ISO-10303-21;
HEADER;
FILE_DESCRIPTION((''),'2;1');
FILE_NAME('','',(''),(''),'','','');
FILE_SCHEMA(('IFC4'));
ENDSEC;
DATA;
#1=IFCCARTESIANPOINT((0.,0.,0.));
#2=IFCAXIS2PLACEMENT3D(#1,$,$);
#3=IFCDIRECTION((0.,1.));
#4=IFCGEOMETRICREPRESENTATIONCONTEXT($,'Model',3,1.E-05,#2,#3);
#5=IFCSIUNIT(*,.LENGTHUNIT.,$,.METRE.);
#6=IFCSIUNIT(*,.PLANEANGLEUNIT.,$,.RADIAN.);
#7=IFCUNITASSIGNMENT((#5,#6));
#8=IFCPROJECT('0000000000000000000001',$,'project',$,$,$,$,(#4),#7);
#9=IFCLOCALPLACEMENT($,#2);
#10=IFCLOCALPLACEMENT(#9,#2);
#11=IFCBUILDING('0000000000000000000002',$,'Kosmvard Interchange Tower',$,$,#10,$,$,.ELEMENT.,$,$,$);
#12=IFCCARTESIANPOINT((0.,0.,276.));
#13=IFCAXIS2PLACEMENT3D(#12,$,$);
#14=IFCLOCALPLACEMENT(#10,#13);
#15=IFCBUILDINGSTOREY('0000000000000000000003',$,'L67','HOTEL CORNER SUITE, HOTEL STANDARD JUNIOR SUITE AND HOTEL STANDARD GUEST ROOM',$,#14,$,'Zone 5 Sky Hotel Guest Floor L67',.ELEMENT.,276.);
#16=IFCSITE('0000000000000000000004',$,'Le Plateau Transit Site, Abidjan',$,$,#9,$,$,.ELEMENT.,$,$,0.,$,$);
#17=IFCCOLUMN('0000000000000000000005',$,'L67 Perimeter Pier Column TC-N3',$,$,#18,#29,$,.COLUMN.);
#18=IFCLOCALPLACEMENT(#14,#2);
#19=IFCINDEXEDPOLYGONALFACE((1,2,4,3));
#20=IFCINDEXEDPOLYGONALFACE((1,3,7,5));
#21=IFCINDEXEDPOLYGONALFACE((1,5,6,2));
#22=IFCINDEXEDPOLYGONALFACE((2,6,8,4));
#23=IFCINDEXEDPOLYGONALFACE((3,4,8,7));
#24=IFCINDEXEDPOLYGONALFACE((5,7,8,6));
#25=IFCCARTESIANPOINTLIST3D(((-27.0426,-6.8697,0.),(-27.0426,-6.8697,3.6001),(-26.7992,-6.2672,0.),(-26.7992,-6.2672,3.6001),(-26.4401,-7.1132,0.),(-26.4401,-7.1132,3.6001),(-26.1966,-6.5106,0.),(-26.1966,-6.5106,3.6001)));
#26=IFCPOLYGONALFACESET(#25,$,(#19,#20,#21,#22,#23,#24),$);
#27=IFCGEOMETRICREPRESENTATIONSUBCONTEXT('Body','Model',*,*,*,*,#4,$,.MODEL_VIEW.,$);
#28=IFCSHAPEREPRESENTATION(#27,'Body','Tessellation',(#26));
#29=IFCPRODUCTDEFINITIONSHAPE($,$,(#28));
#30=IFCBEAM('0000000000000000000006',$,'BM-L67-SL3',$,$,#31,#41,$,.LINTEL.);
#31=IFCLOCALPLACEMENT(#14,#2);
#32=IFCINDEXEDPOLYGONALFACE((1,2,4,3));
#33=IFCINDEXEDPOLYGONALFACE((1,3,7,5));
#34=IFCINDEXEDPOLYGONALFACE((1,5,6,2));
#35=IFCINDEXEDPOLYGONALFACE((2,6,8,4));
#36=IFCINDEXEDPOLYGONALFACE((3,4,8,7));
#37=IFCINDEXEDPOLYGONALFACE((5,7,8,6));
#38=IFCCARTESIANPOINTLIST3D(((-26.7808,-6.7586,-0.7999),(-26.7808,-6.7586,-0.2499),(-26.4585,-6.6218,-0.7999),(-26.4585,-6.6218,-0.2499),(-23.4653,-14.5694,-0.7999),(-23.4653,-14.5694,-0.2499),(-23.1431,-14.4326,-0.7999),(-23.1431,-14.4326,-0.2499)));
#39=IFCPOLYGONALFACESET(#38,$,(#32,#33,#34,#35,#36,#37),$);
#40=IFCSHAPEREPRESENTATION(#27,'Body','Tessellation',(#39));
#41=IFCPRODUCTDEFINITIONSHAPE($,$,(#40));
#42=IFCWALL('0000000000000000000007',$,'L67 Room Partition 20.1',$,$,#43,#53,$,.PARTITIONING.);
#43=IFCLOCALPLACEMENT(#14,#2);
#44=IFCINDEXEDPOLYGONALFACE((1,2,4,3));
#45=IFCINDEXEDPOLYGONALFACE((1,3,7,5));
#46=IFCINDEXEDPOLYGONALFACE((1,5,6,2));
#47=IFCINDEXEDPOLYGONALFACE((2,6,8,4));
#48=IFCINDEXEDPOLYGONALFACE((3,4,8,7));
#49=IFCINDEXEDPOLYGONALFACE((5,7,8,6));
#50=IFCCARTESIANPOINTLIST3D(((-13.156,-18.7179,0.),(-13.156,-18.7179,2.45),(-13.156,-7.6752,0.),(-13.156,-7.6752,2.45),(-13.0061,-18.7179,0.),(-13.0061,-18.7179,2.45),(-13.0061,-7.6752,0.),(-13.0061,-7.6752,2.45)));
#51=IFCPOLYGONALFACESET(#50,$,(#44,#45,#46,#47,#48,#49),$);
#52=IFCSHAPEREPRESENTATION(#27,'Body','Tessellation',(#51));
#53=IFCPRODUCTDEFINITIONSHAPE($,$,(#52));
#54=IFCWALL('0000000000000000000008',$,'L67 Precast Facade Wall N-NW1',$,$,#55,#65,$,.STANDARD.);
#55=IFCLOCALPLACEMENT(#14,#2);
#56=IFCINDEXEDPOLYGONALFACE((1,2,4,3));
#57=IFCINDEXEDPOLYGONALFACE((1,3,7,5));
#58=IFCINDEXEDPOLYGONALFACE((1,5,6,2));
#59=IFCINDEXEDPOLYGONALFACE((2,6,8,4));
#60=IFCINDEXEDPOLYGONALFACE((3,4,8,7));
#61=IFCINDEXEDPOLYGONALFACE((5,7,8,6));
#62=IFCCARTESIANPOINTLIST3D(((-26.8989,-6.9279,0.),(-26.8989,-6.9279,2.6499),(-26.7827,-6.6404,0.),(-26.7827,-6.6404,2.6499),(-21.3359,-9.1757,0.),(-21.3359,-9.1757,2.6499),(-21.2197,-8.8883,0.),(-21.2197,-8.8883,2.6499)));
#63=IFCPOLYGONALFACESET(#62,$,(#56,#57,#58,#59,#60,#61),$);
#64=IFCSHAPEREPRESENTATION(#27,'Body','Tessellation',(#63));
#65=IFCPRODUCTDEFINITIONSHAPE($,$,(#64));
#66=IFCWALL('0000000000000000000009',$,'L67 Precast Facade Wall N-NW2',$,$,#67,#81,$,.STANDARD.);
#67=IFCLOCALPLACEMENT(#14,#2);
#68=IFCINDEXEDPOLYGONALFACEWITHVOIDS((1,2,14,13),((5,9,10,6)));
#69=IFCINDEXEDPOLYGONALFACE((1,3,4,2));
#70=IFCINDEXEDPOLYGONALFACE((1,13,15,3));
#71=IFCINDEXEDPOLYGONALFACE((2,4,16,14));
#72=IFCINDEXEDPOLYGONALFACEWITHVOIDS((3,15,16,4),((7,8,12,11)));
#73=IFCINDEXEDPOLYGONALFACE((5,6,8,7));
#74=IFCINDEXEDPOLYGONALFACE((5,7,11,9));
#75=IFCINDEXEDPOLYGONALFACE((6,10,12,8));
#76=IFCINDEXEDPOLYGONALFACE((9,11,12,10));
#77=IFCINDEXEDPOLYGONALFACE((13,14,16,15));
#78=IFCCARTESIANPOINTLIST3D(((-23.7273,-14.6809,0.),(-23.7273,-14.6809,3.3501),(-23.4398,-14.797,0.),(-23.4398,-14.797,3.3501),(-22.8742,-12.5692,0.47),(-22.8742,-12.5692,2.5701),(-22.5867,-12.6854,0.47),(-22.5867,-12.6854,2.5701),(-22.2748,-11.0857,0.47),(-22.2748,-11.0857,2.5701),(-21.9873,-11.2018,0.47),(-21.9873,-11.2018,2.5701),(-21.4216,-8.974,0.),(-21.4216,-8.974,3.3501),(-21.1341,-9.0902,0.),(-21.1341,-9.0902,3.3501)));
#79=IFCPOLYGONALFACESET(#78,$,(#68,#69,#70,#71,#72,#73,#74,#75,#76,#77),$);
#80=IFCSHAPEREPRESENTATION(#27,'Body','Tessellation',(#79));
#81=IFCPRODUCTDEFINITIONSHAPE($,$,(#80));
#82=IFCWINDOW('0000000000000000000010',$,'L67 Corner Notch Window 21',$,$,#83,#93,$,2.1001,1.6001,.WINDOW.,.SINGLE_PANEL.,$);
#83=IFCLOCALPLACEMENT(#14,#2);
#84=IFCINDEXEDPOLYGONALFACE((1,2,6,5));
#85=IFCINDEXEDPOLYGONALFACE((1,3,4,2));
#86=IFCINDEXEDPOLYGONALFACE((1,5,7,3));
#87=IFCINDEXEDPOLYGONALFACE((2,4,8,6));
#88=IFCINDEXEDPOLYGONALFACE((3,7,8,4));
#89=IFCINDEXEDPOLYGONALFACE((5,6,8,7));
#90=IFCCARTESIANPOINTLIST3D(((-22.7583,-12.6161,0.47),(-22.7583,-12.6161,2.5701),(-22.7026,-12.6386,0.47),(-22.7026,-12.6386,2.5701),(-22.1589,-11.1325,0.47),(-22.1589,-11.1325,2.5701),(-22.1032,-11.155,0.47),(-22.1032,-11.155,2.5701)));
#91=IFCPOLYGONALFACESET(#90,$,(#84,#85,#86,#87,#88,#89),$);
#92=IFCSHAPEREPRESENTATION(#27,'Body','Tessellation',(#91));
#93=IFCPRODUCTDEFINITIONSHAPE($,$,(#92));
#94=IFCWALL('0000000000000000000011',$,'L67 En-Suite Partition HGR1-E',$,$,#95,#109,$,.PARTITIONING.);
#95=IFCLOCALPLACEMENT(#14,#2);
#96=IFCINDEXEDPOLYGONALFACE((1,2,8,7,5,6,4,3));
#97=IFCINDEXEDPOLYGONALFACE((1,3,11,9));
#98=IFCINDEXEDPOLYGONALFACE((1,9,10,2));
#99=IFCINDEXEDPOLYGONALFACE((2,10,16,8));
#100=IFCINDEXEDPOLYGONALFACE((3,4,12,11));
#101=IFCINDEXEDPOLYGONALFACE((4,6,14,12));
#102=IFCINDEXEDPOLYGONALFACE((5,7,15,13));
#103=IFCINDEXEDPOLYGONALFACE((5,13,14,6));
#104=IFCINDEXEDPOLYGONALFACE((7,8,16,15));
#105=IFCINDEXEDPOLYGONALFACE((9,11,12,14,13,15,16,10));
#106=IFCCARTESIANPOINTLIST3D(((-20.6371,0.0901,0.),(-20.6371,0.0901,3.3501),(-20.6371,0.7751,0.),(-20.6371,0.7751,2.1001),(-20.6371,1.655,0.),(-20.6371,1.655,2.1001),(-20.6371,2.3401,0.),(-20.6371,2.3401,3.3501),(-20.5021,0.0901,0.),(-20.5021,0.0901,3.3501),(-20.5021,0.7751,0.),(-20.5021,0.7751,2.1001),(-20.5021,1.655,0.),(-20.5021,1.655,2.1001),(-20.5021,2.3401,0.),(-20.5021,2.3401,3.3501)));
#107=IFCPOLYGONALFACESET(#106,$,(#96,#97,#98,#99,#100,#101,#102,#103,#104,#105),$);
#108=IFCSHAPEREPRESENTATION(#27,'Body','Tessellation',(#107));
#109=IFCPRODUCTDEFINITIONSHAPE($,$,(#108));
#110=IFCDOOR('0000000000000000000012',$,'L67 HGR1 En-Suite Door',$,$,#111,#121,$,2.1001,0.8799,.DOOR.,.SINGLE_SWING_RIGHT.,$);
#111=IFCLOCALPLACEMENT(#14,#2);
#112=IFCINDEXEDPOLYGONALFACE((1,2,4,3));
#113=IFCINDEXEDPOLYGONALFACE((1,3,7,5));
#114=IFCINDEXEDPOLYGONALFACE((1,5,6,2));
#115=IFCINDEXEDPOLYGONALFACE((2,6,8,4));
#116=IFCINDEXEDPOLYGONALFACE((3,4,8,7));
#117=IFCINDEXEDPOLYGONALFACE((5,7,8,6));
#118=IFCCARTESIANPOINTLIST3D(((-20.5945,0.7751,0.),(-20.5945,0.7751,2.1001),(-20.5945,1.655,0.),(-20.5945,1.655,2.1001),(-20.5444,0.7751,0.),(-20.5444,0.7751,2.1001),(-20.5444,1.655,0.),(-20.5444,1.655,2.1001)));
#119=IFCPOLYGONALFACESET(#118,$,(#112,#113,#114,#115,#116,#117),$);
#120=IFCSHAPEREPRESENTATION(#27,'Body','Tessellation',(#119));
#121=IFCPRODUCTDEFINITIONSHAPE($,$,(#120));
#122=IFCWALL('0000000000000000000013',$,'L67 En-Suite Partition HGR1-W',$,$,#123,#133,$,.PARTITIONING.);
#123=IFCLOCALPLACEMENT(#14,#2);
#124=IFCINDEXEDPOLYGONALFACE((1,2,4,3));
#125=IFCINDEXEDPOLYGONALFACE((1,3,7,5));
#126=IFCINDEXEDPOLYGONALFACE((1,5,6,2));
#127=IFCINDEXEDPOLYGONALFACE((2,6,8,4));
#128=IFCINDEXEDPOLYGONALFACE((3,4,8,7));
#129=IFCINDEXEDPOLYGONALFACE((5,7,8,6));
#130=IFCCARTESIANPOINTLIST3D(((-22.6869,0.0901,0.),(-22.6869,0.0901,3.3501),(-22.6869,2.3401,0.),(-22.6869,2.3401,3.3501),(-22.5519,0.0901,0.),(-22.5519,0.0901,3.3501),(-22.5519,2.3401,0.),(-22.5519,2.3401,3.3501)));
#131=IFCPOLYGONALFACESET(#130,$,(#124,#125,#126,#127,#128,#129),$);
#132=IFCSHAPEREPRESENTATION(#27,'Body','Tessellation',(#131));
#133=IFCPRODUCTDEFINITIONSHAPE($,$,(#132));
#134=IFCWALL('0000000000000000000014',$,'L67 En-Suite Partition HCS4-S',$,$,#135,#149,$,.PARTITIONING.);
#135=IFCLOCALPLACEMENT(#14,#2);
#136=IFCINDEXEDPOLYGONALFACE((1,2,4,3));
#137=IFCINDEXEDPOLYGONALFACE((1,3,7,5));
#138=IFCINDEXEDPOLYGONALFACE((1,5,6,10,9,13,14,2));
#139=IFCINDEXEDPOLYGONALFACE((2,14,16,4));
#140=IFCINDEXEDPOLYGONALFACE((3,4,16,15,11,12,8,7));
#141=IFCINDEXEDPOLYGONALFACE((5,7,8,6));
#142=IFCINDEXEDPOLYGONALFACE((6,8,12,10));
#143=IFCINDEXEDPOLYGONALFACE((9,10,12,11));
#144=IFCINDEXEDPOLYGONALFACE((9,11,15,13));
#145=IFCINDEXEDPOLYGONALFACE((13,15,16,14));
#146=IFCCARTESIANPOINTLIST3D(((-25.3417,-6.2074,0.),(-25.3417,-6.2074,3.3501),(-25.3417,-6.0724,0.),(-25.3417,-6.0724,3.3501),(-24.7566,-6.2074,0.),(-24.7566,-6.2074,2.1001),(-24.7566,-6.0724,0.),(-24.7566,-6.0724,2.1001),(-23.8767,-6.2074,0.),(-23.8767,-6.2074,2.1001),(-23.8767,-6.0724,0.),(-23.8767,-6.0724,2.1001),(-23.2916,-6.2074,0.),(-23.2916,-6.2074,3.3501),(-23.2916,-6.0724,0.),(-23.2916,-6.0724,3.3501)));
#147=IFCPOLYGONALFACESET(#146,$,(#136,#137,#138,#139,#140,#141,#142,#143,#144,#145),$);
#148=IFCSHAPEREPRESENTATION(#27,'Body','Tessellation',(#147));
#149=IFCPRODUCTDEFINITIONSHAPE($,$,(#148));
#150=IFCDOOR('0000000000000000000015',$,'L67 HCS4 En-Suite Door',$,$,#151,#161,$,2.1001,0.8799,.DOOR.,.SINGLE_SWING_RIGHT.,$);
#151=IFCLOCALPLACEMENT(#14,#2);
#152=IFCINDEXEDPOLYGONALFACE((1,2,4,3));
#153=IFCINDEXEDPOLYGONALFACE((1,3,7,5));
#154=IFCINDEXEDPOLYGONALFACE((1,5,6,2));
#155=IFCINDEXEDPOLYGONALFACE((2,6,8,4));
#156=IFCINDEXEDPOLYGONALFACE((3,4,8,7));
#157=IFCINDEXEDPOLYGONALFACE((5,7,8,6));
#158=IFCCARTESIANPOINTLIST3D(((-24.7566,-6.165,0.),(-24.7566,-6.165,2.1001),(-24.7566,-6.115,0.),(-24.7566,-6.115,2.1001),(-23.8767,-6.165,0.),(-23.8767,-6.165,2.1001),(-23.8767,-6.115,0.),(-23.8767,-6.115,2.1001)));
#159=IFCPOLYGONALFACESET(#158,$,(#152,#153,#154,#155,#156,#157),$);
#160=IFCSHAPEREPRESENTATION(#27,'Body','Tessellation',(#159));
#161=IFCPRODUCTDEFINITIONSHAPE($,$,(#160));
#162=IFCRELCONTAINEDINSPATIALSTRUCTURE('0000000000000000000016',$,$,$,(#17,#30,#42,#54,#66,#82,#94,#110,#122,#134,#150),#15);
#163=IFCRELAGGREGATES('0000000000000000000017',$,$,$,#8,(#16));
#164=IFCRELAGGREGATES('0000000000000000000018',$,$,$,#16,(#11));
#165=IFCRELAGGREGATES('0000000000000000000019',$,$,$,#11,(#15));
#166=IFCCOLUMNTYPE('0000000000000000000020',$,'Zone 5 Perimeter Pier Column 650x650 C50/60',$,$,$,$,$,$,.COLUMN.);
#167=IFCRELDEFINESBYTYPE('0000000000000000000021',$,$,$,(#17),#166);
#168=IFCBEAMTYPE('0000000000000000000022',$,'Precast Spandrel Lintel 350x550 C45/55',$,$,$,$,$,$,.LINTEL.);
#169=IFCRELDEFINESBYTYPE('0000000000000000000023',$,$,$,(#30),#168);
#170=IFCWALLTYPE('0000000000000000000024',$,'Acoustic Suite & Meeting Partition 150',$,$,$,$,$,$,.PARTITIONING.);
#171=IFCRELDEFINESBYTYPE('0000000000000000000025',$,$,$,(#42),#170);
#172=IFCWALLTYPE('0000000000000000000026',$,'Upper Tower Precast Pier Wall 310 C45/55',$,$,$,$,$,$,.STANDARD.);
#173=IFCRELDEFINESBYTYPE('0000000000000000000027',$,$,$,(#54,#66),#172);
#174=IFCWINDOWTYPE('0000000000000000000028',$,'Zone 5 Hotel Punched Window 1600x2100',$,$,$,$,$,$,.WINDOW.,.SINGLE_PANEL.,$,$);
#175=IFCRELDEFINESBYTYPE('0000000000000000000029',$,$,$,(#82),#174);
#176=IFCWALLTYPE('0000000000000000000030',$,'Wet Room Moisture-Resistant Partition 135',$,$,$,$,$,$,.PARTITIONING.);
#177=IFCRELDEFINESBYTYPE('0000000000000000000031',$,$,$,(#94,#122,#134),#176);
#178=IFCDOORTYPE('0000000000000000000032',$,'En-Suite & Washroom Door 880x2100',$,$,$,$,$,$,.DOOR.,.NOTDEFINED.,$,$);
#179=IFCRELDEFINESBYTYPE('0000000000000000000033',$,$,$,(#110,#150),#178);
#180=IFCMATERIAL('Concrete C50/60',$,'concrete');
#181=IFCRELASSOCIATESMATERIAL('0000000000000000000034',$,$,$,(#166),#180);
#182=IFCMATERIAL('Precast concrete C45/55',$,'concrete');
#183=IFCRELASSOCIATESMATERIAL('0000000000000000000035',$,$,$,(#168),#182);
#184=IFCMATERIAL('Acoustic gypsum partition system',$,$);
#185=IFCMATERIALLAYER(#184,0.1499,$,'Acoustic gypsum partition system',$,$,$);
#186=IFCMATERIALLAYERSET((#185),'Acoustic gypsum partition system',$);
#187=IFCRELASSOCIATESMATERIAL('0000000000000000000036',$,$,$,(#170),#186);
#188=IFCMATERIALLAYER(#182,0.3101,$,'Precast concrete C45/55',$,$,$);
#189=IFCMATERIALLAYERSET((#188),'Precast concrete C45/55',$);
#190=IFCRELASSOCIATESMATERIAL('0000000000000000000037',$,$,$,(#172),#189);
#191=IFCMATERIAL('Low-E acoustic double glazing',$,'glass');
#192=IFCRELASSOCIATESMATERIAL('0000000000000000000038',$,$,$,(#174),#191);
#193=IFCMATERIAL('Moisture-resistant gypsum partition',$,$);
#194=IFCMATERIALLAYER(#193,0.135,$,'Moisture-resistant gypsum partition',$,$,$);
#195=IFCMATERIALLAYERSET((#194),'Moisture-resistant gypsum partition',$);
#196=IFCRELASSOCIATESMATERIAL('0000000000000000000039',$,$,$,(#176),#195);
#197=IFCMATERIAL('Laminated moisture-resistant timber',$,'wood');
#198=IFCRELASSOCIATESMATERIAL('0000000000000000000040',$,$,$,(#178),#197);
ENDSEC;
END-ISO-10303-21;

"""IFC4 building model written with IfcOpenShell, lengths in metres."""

from ifc_helpers import new_model, si_unit, direction, frame, frame_2d, origin, origin_2d, place, context, subcontext, project, spatial, rectangle, extrude, source, transform, mapped, material, layer, layer_set, material_profile, profile_set, type_object, element, fill, save


model = new_model("IFC4")

# Units and contexts
model_context = context("Model", 3, precision=1e-05, world=origin(), true_north=direction((0.0, 1.0)))
body_context = subcontext(model_context, "Body", "Model", "MODEL_VIEW")
ifc_project = project(units=[si_unit("LENGTHUNIT", "METRE"), si_unit("PLANEANGLEUNIT", "RADIAN")], contexts=[model_context])

# Site, building, storey
site_placement = place(None, origin())
site = spatial("IfcSite", under=ifc_project, at=site_placement, Name="Le Plateau Transit Site, Abidjan", CompositionType="ELEMENT", RefElevation=0.0)
building_placement = place(site_placement, origin())
building = spatial("IfcBuilding", under=site, at=building_placement, Name="Kosmvard Interchange Tower", CompositionType="ELEMENT")
storey_placement = place(building_placement, frame((0.0, 0.0, 276.0)))
storey = spatial("IfcBuildingStorey", under=building, at=storey_placement, Name="L67", Description="HOTEL CORNER SUITE, HOTEL STANDARD JUNIOR SUITE AND HOTEL STANDARD GUEST ROOM", LongName="Zone 5 Sky Hotel Guest Floor L67", CompositionType="ELEMENT", Elevation=276.0)

# Column
ifc_material_1 = material(Name="Concrete C50/60", Category="concrete")
ifc_material_profile_1 = material_profile(ifc_material_1, rectangle(XDim=0.6499, YDim=0.6499, at=origin_2d()), Name="TC 650x650")
ifc_profile_set_1 = profile_set([ifc_material_profile_1], Name="Concrete C50/60")
column_type = type_object("IfcColumnType", Name="Zone 5 Perimeter Pier Column 650x650 C50/60", PredefinedType="COLUMN", material=ifc_profile_set_1)
shared_shape_1 = source(origin(), body_context, "Body", "SweptSolid", [
    extrude(rectangle(XDim=0.6499, YDim=0.6499, at=origin_2d()), origin(), (0.0, 0.0, 1.0), 3.6001),
])
column_placement = place(storey_placement, frame((-26.6196, -6.6902, 0.0), z_axis=(0.0, 0.0, 1.0), x_axis=(0.374607, 0.927184, 0.0)))
element("IfcColumn", 1, at=column_placement, inside=storey, type_object=column_type, Name="L67 Perimeter Pier Column TC-N3", PredefinedType="COLUMN", context=body_context, shape_type="MappedRepresentation", body=[
    mapped(shared_shape_1, transform((0.0, 0.0, 0.0), scale=1.0)),
])

# Beam
ifc_material_2 = material(Name="Precast concrete C45/55", Category="concrete")
ifc_material_profile_2 = material_profile(ifc_material_2, rectangle(XDim=0.3501, YDim=0.55, at=origin_2d()), Name="SL 350x550")
ifc_profile_set_2 = profile_set([ifc_material_profile_2], Name="Precast concrete C45/55")
beam_type = type_object("IfcBeamType", Name="Precast Spandrel Lintel 350x550 C45/55", PredefinedType="LINTEL", material=ifc_profile_set_2)
shared_shape_2 = source(origin(), body_context, "Body", "SweptSolid", [
    extrude(rectangle(XDim=0.3501, YDim=0.55, at=origin_2d()), origin(), (0.0, 0.0, 1.0), 8.4854),
])
beam_placement = place(storey_placement, frame((-26.6196, -6.6902, -0.5249), z_axis=(0.390726, -0.920507, 0.0), x_axis=(0.920507, 0.390726, 0.0)))
element("IfcBeam", 2, at=beam_placement, inside=storey, type_object=beam_type, Name="BM-L67-SL3", PredefinedType="LINTEL", context=body_context, shape_type="MappedRepresentation", body=[
    mapped(shared_shape_2, transform((0.0, 0.0, 0.0), scale=1.0)),
])

# Walls
ifc_material_3 = material(Name="Acoustic gypsum partition system")
ifc_layer_1 = layer(ifc_material_3, 0.1499, Name="Acoustic gypsum partition system")
ifc_layer_set_1 = layer_set([ifc_layer_1], Name="Acoustic gypsum partition system")
wall_type_1 = type_object("IfcWallType", Name="Acoustic Suite & Meeting Partition 150", PredefinedType="PARTITIONING", material=ifc_layer_set_1)
wall_1_placement = place(storey_placement, frame((-13.0811, -7.675, 0.0), z_axis=(0.0, 0.0, 1.0), x_axis=(0.0, -1.0, 0.0)))
element("IfcWall", 3, at=wall_1_placement, inside=storey, type_object=wall_type_1, Name="L67 Room Partition 20.1", PredefinedType="PARTITIONING", context=body_context, shape_type="SweptSolid", body=[
    extrude(rectangle(XDim=11.0427, YDim=0.1499, at=frame_2d((5.5215, 0.0))), origin(), (0.0, 0.0, 1.0), 2.45),
])
ifc_layer_2 = layer(ifc_material_2, 0.3101, Name="Precast concrete C45/55")
ifc_layer_set_2 = layer_set([ifc_layer_2], Name="Precast concrete C45/55")
wall_type_2 = type_object("IfcWallType", Name="Upper Tower Precast Pier Wall 310 C45/55", PredefinedType="STANDARD", material=ifc_layer_set_2)
wall_2_placement = place(storey_placement, frame((-26.8408, -6.7842, 0.0), z_axis=(0.0, 0.0, 1.0), x_axis=(0.927172, -0.374637, 0.0)))
element("IfcWall", 4, at=wall_2_placement, inside=storey, type_object=wall_type_2, Name="L67 Precast Facade Wall N-NW1", PredefinedType="STANDARD", context=body_context, shape_type="SweptSolid", body=[
    extrude(rectangle(XDim=6.0, YDim=0.3101, at=frame_2d((3.0, 0.0))), origin(), (0.0, 0.0, 1.0), 2.6499),
])

# Wall, opening, window
wall_3_placement = place(storey_placement, frame((-21.2778, -9.032, 0.0), z_axis=(0.0, 0.0, 1.0), x_axis=(-0.374603, -0.927185, 0.0)))
wall_3 = element("IfcWall", 5, at=wall_3_placement, inside=storey, type_object=wall_type_2, Name="L67 Precast Facade Wall N-NW2", PredefinedType="STANDARD", context=body_context, shape_type="SweptSolid", body=[
    extrude(rectangle(XDim=6.155, YDim=0.3101, at=frame_2d((3.0776, 0.0))), origin(), (0.0, 0.0, 1.0), 3.3501),
])
opening_1_placement = place(wall_3_placement, frame((2.2776, 0.0, 0.47)))
opening_1 = element("IfcOpeningElement", 6, at=opening_1_placement, cuts=wall_3, PredefinedType="OPENING", context=body_context, shape_type="SweptSolid", body=[
    extrude(rectangle(XDim=1.6001, YDim=2.1001, at=frame_2d((0.8, 1.05))), frame((0.0, 0.165, 0.0), z_axis=(0.0, -1.0, 0.0), x_axis=(1.0, 0.0, 0.0)), (0.0, 0.0, 1.0), 0.3301),
])
ifc_material_4 = material(Name="Low-E acoustic double glazing", Category="glass")
window_type = type_object("IfcWindowType", Name="Zone 5 Hotel Punched Window 1600x2100", PartitioningType="SINGLE_PANEL", PredefinedType="WINDOW", material=ifc_material_4)
shared_shape_3 = source(origin(), body_context, "Body", "SweptSolid", [
    extrude(rectangle(XDim=1.6001, YDim=2.1001, at=frame_2d((0.8, 1.05))), frame((0.0, 0.03, 0.0), z_axis=(0.0, -1.0, 0.0), x_axis=(1.0, 0.0, 0.0)), (0.0, 0.0, 1.0), 0.0601),
])
window_placement = place(opening_1_placement, origin())
window = element("IfcWindow", 7, at=window_placement, inside=storey, type_object=window_type, Name="L67 Corner Notch Window 21", OverallHeight=2.1001, OverallWidth=1.6001, PartitioningType="SINGLE_PANEL", PredefinedType="WINDOW", context=body_context, shape_type="MappedRepresentation", body=[
    mapped(shared_shape_3, transform((0.0, 0.0, 0.0), scale=1.0)),
])
fill(opening_1, window)

# Wall, opening, door
ifc_material_5 = material(Name="Moisture-resistant gypsum partition")
ifc_layer_3 = layer(ifc_material_5, 0.135, Name="Moisture-resistant gypsum partition")
ifc_layer_set_3 = layer_set([ifc_layer_3], Name="Moisture-resistant gypsum partition")
wall_type_3 = type_object("IfcWallType", Name="Wet Room Moisture-Resistant Partition 135", PredefinedType="PARTITIONING", material=ifc_layer_set_3)
wall_4_placement = place(storey_placement, frame((-20.5696, 0.0901, 0.0), z_axis=(0.0, 0.0, 1.0), x_axis=(0.0, 1.0, 0.0)))
wall_4 = element("IfcWall", 8, at=wall_4_placement, inside=storey, type_object=wall_type_3, Name="L67 En-Suite Partition HGR1-E", PredefinedType="PARTITIONING", context=body_context, shape_type="SweptSolid", body=[
    extrude(rectangle(XDim=2.25, YDim=0.135, at=frame_2d((1.125, 0.0))), origin(), (0.0, 0.0, 1.0), 3.3501),
])
opening_2_placement = place(wall_4_placement, frame((0.6851, 0.0, 0.0)))
opening_2 = element("IfcOpeningElement", 9, at=opening_2_placement, cuts=wall_4, PredefinedType="OPENING", context=body_context, shape_type="SweptSolid", body=[
    extrude(rectangle(XDim=0.8799, YDim=2.1001, at=frame_2d((0.4399, 1.05))), frame((0.0, 0.0776, 0.0), z_axis=(0.0, -1.0, 0.0), x_axis=(1.0, 0.0, 0.0)), (0.0, 0.0, 1.0), 0.155),
])
ifc_material_6 = material(Name="Laminated moisture-resistant timber", Category="wood")
door_type = type_object("IfcDoorType", Name="En-Suite & Washroom Door 880x2100", OperationType="NOTDEFINED", PredefinedType="DOOR", material=ifc_material_6)
shared_shape_4 = source(origin(), body_context, "Body", "SweptSolid", [
    extrude(rectangle(XDim=0.8799, YDim=2.1001, at=frame_2d((0.4399, 1.05))), frame((0.0, 0.0249, 0.0), z_axis=(0.0, -1.0, 0.0), x_axis=(1.0, 0.0, 0.0)), (0.0, 0.0, 1.0), 0.05),
])
door_1_placement = place(opening_2_placement, origin())
door_1 = element("IfcDoor", 10, at=door_1_placement, inside=storey, type_object=door_type, Name="L67 HGR1 En-Suite Door", OperationType="SINGLE_SWING_RIGHT", OverallHeight=2.1001, OverallWidth=0.8799, PredefinedType="DOOR", context=body_context, shape_type="MappedRepresentation", body=[
    mapped(shared_shape_4, transform((0.0, 0.0, 0.0), scale=1.0)),
])
fill(opening_2, door_1)

# Wall
wall_5_placement = place(storey_placement, frame((-22.6194, 0.0901, 0.0), z_axis=(0.0, 0.0, 1.0), x_axis=(0.0, 1.0, 0.0)))
element("IfcWall", 11, at=wall_5_placement, inside=storey, type_object=wall_type_3, Name="L67 En-Suite Partition HGR1-W", PredefinedType="PARTITIONING", context=body_context, shape_type="SweptSolid", body=[
    extrude(rectangle(XDim=2.25, YDim=0.135, at=frame_2d((1.125, 0.0))), origin(), (0.0, 0.0, 1.0), 3.3501),
])

# Wall, opening, door
wall_6_placement = place(storey_placement, frame((-25.3416, -6.1399, 0.0), z_axis=(0.0, 0.0, 1.0), x_axis=(1.0, 0.0, 0.0)))
wall_6 = element("IfcWall", 12, at=wall_6_placement, inside=storey, type_object=wall_type_3, Name="L67 En-Suite Partition HCS4-S", PredefinedType="PARTITIONING", context=body_context, shape_type="SweptSolid", body=[
    extrude(rectangle(XDim=2.05, YDim=0.135, at=frame_2d((1.0249, 0.0))), origin(), (0.0, 0.0, 1.0), 3.3501),
])
opening_3_placement = place(wall_6_placement, frame((0.585, 0.0, 0.0)))
opening_3 = element("IfcOpeningElement", 13, at=opening_3_placement, cuts=wall_6, PredefinedType="OPENING", context=body_context, shape_type="SweptSolid", body=[
    extrude(rectangle(XDim=0.8799, YDim=2.1001, at=frame_2d((0.4399, 1.05))), frame((0.0, 0.0776, 0.0), z_axis=(0.0, -1.0, 0.0), x_axis=(1.0, 0.0, 0.0)), (0.0, 0.0, 1.0), 0.155),
])
door_2_placement = place(opening_3_placement, origin())
door_2 = element("IfcDoor", 14, at=door_2_placement, inside=storey, type_object=door_type, Name="L67 HCS4 En-Suite Door", OperationType="SINGLE_SWING_RIGHT", OverallHeight=2.1001, OverallWidth=0.8799, PredefinedType="DOOR", context=body_context, shape_type="MappedRepresentation", body=[
    mapped(shared_shape_4, transform((0.0, 0.0, 0.0), scale=1.0)),
])
fill(opening_3, door_2)

save(model, "model.ifc")
